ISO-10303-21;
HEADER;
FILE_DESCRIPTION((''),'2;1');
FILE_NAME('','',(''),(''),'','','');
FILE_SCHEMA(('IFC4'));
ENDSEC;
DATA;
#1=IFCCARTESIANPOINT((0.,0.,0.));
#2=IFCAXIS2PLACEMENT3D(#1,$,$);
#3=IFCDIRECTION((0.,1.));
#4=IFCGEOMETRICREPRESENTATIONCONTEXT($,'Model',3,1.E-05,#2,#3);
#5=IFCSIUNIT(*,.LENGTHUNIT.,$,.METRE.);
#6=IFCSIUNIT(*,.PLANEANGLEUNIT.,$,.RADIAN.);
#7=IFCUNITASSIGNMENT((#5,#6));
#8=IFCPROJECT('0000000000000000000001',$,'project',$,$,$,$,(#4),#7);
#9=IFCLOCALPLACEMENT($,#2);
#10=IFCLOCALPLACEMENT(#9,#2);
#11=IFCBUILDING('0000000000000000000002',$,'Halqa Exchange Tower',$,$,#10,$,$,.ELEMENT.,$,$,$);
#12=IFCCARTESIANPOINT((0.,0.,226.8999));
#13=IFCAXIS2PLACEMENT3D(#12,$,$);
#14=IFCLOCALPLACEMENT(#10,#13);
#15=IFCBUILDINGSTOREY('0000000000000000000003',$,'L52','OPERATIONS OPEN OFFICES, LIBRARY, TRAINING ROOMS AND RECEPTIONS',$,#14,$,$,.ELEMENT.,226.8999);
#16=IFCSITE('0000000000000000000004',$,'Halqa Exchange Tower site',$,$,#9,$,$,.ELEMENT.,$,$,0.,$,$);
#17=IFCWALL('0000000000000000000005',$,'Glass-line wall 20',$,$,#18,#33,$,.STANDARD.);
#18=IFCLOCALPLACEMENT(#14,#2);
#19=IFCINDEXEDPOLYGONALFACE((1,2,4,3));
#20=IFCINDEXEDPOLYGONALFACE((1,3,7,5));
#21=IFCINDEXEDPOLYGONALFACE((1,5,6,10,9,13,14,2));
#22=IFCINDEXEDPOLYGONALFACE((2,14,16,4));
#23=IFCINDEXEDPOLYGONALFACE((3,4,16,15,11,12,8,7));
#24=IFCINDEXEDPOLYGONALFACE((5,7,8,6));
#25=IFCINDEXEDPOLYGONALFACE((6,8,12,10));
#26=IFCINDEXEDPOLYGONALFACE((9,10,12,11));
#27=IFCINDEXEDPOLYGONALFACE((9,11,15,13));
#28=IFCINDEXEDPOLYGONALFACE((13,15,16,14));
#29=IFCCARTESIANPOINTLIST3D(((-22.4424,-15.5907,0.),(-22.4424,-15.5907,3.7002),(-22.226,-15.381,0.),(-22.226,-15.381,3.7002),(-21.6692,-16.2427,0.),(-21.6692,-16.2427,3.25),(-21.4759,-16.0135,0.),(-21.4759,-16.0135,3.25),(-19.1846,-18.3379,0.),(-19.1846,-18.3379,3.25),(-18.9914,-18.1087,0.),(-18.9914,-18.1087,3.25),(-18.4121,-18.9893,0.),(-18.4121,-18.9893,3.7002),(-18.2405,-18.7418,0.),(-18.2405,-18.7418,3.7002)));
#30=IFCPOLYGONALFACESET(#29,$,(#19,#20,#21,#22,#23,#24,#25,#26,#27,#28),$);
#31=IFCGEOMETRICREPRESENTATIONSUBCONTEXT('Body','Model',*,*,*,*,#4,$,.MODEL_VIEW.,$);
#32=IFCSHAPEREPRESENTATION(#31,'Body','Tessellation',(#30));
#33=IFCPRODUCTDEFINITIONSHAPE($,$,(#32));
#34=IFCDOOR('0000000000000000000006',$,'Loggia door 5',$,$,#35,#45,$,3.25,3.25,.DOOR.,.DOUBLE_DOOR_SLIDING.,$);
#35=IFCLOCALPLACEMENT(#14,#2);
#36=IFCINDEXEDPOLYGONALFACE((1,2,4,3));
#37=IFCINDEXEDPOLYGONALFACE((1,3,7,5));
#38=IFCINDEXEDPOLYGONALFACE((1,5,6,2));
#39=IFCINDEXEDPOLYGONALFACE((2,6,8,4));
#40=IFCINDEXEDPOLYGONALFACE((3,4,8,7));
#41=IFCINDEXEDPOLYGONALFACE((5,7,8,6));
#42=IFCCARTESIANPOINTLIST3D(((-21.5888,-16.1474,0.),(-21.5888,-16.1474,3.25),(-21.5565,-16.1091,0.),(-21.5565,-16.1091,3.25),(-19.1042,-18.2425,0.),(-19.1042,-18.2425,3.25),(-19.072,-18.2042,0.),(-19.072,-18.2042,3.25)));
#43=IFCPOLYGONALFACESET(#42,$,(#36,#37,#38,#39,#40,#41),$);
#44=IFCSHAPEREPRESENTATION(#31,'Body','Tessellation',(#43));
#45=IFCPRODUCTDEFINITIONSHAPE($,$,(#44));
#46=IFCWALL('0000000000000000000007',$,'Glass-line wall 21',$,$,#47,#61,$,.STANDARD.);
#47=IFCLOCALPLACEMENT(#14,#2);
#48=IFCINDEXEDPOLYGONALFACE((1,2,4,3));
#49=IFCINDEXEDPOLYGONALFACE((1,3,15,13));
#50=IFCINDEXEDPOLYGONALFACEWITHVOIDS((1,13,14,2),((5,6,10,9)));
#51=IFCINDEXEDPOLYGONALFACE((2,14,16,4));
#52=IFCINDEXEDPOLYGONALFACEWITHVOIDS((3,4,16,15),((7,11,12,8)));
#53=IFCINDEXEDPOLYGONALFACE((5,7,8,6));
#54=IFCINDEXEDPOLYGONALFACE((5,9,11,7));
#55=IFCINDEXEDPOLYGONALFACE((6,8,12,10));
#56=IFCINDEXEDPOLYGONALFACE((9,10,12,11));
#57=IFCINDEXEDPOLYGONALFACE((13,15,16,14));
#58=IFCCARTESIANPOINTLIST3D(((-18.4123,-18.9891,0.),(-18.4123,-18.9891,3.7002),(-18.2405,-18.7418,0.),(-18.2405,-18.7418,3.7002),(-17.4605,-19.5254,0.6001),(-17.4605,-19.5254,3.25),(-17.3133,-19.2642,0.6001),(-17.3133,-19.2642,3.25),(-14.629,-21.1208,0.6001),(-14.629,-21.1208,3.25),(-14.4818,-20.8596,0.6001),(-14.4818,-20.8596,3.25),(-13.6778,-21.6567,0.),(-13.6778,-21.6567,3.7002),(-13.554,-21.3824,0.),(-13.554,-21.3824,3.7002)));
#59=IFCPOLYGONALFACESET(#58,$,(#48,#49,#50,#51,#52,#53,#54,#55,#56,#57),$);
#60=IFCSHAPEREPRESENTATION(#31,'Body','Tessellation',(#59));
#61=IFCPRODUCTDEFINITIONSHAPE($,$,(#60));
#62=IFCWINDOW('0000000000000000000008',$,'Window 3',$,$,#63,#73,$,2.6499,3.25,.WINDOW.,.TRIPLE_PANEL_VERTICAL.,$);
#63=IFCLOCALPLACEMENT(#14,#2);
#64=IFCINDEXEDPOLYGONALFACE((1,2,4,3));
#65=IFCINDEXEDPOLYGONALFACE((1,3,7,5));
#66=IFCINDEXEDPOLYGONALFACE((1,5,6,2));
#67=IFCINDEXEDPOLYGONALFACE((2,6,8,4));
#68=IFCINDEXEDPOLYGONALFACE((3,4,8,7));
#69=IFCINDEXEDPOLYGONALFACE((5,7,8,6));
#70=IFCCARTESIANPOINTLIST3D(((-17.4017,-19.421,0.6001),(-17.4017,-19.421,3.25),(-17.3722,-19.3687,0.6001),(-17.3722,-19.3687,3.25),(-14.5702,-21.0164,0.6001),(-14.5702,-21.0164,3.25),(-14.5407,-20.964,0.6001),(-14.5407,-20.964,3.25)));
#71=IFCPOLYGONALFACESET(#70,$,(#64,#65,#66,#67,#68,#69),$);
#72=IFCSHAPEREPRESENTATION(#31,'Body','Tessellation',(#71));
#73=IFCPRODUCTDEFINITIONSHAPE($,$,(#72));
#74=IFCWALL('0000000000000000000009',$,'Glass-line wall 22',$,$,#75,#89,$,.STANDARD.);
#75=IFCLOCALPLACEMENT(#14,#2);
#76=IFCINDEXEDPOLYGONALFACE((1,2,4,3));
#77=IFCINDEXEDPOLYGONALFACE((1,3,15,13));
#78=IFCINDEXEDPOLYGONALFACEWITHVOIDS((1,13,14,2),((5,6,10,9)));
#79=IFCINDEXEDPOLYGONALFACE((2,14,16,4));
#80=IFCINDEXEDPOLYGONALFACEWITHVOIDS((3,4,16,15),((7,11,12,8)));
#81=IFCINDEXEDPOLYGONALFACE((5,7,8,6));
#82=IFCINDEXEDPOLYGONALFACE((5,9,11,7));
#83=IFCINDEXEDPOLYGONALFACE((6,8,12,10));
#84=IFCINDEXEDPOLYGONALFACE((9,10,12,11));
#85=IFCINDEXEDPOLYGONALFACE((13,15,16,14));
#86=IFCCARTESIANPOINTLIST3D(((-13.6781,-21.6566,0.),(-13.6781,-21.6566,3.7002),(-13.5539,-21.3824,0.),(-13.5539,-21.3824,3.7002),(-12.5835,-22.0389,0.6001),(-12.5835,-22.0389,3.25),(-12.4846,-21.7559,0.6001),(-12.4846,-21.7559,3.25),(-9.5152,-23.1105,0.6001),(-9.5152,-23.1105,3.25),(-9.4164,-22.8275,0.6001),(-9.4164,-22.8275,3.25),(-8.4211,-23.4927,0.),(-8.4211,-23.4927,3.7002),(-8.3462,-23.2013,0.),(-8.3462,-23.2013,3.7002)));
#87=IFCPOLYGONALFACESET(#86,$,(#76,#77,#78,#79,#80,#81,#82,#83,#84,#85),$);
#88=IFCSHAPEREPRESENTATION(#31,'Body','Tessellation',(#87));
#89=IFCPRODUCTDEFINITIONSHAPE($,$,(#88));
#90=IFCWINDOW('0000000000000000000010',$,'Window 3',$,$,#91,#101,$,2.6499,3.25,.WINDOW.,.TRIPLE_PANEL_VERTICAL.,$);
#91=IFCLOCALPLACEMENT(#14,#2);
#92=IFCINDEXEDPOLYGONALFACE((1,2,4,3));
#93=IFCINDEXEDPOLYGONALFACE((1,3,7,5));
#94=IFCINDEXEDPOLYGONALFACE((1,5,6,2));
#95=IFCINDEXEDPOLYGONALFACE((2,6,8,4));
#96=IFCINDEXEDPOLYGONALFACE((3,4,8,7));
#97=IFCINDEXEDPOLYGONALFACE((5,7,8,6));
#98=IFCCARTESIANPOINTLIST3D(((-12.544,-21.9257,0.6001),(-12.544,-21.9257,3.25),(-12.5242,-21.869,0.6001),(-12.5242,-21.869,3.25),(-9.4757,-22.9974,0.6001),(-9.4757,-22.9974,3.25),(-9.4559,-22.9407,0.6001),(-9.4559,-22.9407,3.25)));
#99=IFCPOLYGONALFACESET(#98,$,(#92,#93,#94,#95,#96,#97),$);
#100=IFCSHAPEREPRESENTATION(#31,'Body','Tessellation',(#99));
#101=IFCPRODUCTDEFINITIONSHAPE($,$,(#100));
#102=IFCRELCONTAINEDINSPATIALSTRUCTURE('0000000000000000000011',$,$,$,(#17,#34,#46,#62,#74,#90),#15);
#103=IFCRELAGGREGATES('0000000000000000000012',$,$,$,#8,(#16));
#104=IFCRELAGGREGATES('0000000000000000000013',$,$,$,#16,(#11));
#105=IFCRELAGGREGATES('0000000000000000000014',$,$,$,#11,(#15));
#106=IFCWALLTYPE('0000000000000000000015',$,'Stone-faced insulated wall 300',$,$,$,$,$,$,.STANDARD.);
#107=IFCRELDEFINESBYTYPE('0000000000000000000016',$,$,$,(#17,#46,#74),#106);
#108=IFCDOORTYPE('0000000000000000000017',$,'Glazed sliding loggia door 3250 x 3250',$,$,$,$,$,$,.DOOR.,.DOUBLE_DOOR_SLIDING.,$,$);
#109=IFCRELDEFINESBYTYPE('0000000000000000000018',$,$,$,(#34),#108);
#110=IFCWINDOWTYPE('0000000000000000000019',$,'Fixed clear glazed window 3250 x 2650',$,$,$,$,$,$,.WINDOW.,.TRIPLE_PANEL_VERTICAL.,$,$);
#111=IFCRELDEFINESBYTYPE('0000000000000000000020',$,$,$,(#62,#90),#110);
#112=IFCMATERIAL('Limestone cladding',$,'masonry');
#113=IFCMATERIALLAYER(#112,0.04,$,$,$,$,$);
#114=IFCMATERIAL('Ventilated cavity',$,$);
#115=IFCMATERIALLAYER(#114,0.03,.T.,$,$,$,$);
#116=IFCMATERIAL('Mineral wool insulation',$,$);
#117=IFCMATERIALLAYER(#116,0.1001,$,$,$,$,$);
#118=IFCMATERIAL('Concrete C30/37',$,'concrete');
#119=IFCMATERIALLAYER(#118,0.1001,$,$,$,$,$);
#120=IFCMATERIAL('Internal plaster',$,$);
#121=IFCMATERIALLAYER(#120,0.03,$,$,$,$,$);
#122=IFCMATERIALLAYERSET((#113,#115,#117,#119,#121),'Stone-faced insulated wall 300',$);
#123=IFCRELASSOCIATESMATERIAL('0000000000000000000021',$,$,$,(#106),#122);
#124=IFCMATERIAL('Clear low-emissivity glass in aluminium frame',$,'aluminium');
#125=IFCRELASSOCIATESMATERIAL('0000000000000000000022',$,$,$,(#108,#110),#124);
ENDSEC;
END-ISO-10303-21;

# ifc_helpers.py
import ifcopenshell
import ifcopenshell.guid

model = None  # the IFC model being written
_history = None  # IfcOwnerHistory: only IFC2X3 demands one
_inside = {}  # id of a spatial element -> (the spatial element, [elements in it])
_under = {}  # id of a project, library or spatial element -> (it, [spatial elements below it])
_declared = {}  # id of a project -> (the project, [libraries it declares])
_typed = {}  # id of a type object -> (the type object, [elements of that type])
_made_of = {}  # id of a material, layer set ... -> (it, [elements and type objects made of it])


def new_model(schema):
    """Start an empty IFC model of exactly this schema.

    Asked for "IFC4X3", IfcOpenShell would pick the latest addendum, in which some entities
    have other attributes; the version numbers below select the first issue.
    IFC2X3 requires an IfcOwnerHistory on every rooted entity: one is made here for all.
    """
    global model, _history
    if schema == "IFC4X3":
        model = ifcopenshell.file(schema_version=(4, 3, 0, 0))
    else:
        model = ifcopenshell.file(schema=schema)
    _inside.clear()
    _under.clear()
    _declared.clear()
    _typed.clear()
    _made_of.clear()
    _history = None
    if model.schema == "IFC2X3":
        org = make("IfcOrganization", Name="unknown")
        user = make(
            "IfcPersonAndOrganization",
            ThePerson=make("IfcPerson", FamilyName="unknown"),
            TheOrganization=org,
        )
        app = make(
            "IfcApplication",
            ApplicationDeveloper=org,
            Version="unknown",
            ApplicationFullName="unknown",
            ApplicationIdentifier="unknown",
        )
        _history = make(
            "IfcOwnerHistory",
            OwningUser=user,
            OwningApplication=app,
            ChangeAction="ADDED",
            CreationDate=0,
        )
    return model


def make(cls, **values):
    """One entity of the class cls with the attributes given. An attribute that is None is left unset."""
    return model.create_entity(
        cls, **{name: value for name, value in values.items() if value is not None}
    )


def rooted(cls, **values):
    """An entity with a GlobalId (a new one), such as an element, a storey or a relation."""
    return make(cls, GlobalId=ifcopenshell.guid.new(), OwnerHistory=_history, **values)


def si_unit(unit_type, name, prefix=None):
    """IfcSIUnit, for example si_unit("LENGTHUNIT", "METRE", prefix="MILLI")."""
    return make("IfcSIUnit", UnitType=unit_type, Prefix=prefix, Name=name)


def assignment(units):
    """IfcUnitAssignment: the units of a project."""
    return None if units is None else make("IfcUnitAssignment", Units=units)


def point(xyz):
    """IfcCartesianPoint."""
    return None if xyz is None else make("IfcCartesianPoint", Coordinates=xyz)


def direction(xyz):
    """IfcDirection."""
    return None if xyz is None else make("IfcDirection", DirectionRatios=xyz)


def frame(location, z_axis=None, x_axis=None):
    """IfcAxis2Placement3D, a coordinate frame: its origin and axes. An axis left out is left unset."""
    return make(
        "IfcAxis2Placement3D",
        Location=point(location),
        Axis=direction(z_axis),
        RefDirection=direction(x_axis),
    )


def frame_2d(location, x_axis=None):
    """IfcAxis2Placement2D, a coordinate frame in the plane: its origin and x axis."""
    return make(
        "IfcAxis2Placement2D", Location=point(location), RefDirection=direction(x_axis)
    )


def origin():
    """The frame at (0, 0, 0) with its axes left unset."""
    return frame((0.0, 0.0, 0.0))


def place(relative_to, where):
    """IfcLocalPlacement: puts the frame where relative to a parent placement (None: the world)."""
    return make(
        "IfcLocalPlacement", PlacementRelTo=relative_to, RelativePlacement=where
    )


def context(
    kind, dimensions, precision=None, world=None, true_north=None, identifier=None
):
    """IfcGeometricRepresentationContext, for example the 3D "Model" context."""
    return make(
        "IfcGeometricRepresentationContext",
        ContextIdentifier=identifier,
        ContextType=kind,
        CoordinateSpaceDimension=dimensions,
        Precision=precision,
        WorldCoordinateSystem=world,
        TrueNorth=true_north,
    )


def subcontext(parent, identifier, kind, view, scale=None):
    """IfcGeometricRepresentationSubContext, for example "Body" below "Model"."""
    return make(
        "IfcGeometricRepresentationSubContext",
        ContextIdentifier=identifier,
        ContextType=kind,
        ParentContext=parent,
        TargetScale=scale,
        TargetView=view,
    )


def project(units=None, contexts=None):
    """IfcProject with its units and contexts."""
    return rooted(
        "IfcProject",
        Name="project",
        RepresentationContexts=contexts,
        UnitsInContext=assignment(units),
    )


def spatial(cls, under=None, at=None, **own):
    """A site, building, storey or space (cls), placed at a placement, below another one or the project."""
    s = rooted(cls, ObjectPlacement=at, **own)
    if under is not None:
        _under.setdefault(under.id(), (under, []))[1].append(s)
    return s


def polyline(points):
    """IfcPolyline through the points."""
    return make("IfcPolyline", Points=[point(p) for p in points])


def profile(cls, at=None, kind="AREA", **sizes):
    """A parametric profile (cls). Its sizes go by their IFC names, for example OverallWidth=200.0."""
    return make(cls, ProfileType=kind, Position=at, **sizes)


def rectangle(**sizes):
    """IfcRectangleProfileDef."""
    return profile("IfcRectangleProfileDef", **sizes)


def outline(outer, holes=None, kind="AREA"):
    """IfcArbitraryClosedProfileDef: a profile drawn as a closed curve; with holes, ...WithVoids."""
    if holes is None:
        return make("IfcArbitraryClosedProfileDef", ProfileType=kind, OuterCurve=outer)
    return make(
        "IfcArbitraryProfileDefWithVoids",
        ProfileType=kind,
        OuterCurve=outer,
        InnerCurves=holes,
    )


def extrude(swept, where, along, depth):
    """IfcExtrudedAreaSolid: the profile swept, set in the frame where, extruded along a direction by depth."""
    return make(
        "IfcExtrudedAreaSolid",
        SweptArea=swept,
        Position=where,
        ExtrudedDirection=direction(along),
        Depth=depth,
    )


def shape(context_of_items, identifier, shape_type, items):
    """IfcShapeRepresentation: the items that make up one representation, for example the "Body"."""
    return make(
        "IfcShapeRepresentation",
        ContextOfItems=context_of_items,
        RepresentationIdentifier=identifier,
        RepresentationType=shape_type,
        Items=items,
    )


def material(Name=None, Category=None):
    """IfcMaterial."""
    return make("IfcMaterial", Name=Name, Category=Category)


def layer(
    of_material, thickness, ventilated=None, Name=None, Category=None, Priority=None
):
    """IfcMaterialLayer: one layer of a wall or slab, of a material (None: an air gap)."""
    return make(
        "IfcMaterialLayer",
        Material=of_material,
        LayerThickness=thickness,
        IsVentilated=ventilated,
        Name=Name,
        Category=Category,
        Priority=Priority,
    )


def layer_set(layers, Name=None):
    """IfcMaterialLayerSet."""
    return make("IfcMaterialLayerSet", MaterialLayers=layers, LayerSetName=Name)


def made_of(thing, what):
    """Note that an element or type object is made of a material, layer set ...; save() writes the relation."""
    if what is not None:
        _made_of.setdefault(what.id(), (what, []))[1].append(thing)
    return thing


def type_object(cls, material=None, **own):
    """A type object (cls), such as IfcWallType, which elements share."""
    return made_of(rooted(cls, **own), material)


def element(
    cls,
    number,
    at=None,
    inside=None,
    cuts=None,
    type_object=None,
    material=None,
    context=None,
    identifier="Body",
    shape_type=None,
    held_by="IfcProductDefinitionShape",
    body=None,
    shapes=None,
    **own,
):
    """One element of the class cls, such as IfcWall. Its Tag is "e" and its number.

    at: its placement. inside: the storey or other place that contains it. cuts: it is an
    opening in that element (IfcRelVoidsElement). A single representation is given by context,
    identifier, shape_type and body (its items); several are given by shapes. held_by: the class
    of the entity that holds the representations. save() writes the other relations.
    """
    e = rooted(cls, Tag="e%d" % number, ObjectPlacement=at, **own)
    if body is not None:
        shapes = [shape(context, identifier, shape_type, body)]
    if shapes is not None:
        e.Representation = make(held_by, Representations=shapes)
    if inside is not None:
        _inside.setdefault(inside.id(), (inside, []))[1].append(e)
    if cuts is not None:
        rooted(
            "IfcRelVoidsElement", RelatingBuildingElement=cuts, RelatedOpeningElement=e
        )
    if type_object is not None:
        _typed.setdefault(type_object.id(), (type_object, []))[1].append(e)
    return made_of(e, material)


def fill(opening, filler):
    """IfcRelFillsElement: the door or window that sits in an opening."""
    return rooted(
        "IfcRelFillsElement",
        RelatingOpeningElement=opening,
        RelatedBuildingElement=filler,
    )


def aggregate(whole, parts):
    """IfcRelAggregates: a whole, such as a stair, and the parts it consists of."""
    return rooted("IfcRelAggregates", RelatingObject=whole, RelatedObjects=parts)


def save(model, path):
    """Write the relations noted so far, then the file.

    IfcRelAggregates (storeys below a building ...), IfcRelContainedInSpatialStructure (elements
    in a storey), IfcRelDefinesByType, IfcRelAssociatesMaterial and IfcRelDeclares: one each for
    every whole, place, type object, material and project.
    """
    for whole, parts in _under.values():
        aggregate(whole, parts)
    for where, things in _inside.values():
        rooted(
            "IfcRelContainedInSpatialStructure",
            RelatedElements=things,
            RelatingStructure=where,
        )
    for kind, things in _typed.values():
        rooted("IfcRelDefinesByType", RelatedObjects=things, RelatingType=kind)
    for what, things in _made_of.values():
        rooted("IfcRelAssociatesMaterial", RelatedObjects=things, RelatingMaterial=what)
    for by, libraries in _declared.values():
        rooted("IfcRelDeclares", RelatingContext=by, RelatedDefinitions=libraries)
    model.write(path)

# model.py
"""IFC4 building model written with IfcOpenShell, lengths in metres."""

from ifc_helpers import new_model, si_unit, direction, frame, frame_2d, origin, place, context, subcontext, project, spatial, polyline, rectangle, outline, extrude, material, layer, layer_set, type_object, element, fill, save


model = new_model("IFC4")

# Units and contexts
model_context = context("Model", 3, precision=1e-05, world=origin(), true_north=direction((0.0, 1.0)))
body_context = subcontext(model_context, "Body", "Model", "MODEL_VIEW")
ifc_project = project(units=[si_unit("LENGTHUNIT", "METRE"), si_unit("PLANEANGLEUNIT", "RADIAN")], contexts=[model_context])

# Site, building, storey
site_placement = place(None, origin())
site = spatial("IfcSite", under=ifc_project, at=site_placement, Name="Halqa Exchange Tower site", CompositionType="ELEMENT", RefElevation=0.0)
building_placement = place(site_placement, origin())
building = spatial("IfcBuilding", under=site, at=building_placement, Name="Halqa Exchange Tower", CompositionType="ELEMENT")
storey_placement = place(building_placement, frame((0.0, 0.0, 226.8999)))
storey = spatial("IfcBuildingStorey", under=building, at=storey_placement, Name="L52", Description="OPERATIONS OPEN OFFICES, LIBRARY, TRAINING ROOMS AND RECEPTIONS", CompositionType="ELEMENT", Elevation=226.8999)

# Wall, opening, door
ifc_material_1 = material(Name="Limestone cladding", Category="masonry")
ifc_layer_1 = layer(ifc_material_1, 0.04)
ifc_material_2 = material(Name="Ventilated cavity")
ifc_layer_2 = layer(ifc_material_2, 0.03, ventilated=True)
ifc_material_3 = material(Name="Mineral wool insulation")
ifc_layer_3 = layer(ifc_material_3, 0.1001)
ifc_material_4 = material(Name="Concrete C30/37", Category="concrete")
ifc_layer_4 = layer(ifc_material_4, 0.1001)
ifc_material_5 = material(Name="Internal plaster")
ifc_layer_5 = layer(ifc_material_5, 0.03)
ifc_layer_set_1 = layer_set([ifc_layer_1, ifc_layer_2, ifc_layer_3, ifc_layer_4, ifc_layer_5], Name="Stone-faced insulated wall 300")
wall_type_1 = type_object("IfcWallType", Name="Stone-faced insulated wall 300", PredefinedType="STANDARD", material=ifc_layer_set_1)
wall_1_placement = place(storey_placement, frame((-22.3342, -15.4858, 0.0), z_axis=(0.0, 0.0, 1.0), x_axis=(0.764475, -0.644653, 0.0)))
wall_1 = element("IfcWall", 1, at=wall_1_placement, inside=storey, type_object=wall_type_1, Name="Glass-line wall 20", PredefinedType="STANDARD", context=body_context, shape_type="SweptSolid", body=[
    extrude(outline(polyline([(-0.0151, -0.1499), (5.2568, -0.1499), (5.2285, 0.1499), (0.0151, 0.1499), (-0.0151, -0.1499)])), origin(), (0.0, 0.0, 1.0), 3.7002),
])
opening_1_placement = place(wall_1_placement, frame((0.9963, 0.0, 0.0)))
opening_1 = element("IfcOpeningElement", 2, at=opening_1_placement, cuts=wall_1, PredefinedType="OPENING", context=body_context, shape_type="SweptSolid", body=[
    extrude(rectangle(XDim=3.25, YDim=3.25, at=frame_2d((1.625, 1.625))), frame((0.0, 0.1621, 0.0), z_axis=(0.0, -1.0, 0.0), x_axis=(1.0, 0.0, 0.0)), (0.0, 0.0, 1.0), 0.324),
])
ifc_material_6 = material(Name="Clear low-emissivity glass in aluminium frame", Category="aluminium")
door_type_1 = type_object("IfcDoorType", Name="Glazed sliding loggia door 3250 x 3250", OperationType="DOUBLE_DOOR_SLIDING", PredefinedType="DOOR", material=ifc_material_6)
door_1_placement = place(opening_1_placement, origin())
door_1 = element("IfcDoor", 3, at=door_1_placement, inside=storey, type_object=door_type_1, Name="Loggia door 5", OperationType="DOUBLE_DOOR_SLIDING", OverallHeight=3.25, OverallWidth=3.25, PredefinedType="DOOR", context=body_context, shape_type="SweptSolid", body=[
    extrude(rectangle(XDim=3.25, YDim=3.25, at=frame_2d((1.625, 1.625))), frame((0.0, 0.0249, 0.0), z_axis=(0.0, -1.0, 0.0), x_axis=(1.0, 0.0, 0.0)), (0.0, 0.0, 1.0), 0.05),
])
fill(opening_1, door_1)

# Walls, openings, windows
wall_2_placement = place(storey_placement, frame((-18.3264, -18.8655, 0.0), z_axis=(0.0, 0.0, 1.0), x_axis=(0.871226, -0.490883, 0.0)))
wall_2 = element("IfcWall", 4, at=wall_2_placement, inside=storey, type_object=wall_type_1, Name="Glass-line wall 21", PredefinedType="STANDARD", context=body_context, shape_type="SweptSolid", body=[
    extrude(outline(polyline([(-0.0142, -0.1499), (5.4202, -0.1499), (5.3933, 0.1499), (0.0142, 0.1499), (-0.0142, -0.1499)])), origin(), (0.0, 0.0, 1.0), 3.7002),
])
opening_2_placement = place(wall_2_placement, frame((1.0784, 0.0, 0.6001)))
opening_2 = element("IfcOpeningElement", 5, at=opening_2_placement, cuts=wall_2, PredefinedType="OPENING", context=body_context, shape_type="SweptSolid", body=[
    extrude(rectangle(XDim=3.25, YDim=2.6499, at=frame_2d((1.625, 1.325))), frame((0.0, 0.1621, 0.0), z_axis=(0.0, -1.0, 0.0), x_axis=(1.0, 0.0, 0.0)), (0.0, 0.0, 1.0), 0.324),
])
window_type = type_object("IfcWindowType", Name="Fixed clear glazed window 3250 x 2650", PartitioningType="TRIPLE_PANEL_VERTICAL", PredefinedType="WINDOW", material=ifc_material_6)
window_1_placement = place(opening_2_placement, origin())
window_1 = element("IfcWindow", 6, at=window_1_placement, inside=storey, type_object=window_type, Name="Window 3", OverallHeight=2.6499, OverallWidth=3.25, PartitioningType="TRIPLE_PANEL_VERTICAL", PredefinedType="WINDOW", context=body_context, shape_type="SweptSolid", body=[
    extrude(rectangle(XDim=3.25, YDim=2.6499, at=frame_2d((1.625, 1.325))), frame((0.0, 0.03, 0.0), z_axis=(0.0, -1.0, 0.0), x_axis=(1.0, 0.0, 0.0)), (0.0, 0.0, 1.0), 0.0601),
])
fill(opening_2, window_1)
wall_3_placement = place(storey_placement, frame((-13.616, -21.5195, 0.0), z_axis=(0.0, 0.0, 1.0), x_axis=(0.944076, -0.329728, 0.0)))
wall_3 = element("IfcWall", 7, at=wall_3_placement, inside=storey, type_object=wall_type_1, Name="Glass-line wall 22", PredefinedType="STANDARD", context=body_context, shape_type="SweptSolid", body=[
    extrude(outline(polyline([(-0.0134, -0.1499), (5.5549, -0.1499), (5.5295, 0.1499), (0.0134, 0.1499), (-0.0134, -0.1499)])), origin(), (0.0, 0.0, 1.0), 3.7002),
])
opening_3_placement = place(wall_3_placement, frame((1.146, 0.0, 0.6001)))
opening_3 = element("IfcOpeningElement", 8, at=opening_3_placement, cuts=wall_3, PredefinedType="OPENING", context=body_context, shape_type="SweptSolid", body=[
    extrude(rectangle(XDim=3.25, YDim=2.6499, at=frame_2d((1.625, 1.325))), frame((0.0, 0.1621, 0.0), z_axis=(0.0, -1.0, 0.0), x_axis=(1.0, 0.0, 0.0)), (0.0, 0.0, 1.0), 0.324),
])
window_2_placement = place(opening_3_placement, origin())
window_2 = element("IfcWindow", 9, at=window_2_placement, inside=storey, type_object=window_type, Name="Window 3", OverallHeight=2.6499, OverallWidth=3.25, PartitioningType="TRIPLE_PANEL_VERTICAL", PredefinedType="WINDOW", context=body_context, shape_type="SweptSolid", body=[
    extrude(rectangle(XDim=3.25, YDim=2.6499, at=frame_2d((1.625, 1.325))), frame((0.0, 0.03, 0.0), z_axis=(0.0, -1.0, 0.0), x_axis=(1.0, 0.0, 0.0)), (0.0, 0.0, 1.0), 0.0601),
])
fill(opening_3, window_2)

save(model, "model.ifc")
